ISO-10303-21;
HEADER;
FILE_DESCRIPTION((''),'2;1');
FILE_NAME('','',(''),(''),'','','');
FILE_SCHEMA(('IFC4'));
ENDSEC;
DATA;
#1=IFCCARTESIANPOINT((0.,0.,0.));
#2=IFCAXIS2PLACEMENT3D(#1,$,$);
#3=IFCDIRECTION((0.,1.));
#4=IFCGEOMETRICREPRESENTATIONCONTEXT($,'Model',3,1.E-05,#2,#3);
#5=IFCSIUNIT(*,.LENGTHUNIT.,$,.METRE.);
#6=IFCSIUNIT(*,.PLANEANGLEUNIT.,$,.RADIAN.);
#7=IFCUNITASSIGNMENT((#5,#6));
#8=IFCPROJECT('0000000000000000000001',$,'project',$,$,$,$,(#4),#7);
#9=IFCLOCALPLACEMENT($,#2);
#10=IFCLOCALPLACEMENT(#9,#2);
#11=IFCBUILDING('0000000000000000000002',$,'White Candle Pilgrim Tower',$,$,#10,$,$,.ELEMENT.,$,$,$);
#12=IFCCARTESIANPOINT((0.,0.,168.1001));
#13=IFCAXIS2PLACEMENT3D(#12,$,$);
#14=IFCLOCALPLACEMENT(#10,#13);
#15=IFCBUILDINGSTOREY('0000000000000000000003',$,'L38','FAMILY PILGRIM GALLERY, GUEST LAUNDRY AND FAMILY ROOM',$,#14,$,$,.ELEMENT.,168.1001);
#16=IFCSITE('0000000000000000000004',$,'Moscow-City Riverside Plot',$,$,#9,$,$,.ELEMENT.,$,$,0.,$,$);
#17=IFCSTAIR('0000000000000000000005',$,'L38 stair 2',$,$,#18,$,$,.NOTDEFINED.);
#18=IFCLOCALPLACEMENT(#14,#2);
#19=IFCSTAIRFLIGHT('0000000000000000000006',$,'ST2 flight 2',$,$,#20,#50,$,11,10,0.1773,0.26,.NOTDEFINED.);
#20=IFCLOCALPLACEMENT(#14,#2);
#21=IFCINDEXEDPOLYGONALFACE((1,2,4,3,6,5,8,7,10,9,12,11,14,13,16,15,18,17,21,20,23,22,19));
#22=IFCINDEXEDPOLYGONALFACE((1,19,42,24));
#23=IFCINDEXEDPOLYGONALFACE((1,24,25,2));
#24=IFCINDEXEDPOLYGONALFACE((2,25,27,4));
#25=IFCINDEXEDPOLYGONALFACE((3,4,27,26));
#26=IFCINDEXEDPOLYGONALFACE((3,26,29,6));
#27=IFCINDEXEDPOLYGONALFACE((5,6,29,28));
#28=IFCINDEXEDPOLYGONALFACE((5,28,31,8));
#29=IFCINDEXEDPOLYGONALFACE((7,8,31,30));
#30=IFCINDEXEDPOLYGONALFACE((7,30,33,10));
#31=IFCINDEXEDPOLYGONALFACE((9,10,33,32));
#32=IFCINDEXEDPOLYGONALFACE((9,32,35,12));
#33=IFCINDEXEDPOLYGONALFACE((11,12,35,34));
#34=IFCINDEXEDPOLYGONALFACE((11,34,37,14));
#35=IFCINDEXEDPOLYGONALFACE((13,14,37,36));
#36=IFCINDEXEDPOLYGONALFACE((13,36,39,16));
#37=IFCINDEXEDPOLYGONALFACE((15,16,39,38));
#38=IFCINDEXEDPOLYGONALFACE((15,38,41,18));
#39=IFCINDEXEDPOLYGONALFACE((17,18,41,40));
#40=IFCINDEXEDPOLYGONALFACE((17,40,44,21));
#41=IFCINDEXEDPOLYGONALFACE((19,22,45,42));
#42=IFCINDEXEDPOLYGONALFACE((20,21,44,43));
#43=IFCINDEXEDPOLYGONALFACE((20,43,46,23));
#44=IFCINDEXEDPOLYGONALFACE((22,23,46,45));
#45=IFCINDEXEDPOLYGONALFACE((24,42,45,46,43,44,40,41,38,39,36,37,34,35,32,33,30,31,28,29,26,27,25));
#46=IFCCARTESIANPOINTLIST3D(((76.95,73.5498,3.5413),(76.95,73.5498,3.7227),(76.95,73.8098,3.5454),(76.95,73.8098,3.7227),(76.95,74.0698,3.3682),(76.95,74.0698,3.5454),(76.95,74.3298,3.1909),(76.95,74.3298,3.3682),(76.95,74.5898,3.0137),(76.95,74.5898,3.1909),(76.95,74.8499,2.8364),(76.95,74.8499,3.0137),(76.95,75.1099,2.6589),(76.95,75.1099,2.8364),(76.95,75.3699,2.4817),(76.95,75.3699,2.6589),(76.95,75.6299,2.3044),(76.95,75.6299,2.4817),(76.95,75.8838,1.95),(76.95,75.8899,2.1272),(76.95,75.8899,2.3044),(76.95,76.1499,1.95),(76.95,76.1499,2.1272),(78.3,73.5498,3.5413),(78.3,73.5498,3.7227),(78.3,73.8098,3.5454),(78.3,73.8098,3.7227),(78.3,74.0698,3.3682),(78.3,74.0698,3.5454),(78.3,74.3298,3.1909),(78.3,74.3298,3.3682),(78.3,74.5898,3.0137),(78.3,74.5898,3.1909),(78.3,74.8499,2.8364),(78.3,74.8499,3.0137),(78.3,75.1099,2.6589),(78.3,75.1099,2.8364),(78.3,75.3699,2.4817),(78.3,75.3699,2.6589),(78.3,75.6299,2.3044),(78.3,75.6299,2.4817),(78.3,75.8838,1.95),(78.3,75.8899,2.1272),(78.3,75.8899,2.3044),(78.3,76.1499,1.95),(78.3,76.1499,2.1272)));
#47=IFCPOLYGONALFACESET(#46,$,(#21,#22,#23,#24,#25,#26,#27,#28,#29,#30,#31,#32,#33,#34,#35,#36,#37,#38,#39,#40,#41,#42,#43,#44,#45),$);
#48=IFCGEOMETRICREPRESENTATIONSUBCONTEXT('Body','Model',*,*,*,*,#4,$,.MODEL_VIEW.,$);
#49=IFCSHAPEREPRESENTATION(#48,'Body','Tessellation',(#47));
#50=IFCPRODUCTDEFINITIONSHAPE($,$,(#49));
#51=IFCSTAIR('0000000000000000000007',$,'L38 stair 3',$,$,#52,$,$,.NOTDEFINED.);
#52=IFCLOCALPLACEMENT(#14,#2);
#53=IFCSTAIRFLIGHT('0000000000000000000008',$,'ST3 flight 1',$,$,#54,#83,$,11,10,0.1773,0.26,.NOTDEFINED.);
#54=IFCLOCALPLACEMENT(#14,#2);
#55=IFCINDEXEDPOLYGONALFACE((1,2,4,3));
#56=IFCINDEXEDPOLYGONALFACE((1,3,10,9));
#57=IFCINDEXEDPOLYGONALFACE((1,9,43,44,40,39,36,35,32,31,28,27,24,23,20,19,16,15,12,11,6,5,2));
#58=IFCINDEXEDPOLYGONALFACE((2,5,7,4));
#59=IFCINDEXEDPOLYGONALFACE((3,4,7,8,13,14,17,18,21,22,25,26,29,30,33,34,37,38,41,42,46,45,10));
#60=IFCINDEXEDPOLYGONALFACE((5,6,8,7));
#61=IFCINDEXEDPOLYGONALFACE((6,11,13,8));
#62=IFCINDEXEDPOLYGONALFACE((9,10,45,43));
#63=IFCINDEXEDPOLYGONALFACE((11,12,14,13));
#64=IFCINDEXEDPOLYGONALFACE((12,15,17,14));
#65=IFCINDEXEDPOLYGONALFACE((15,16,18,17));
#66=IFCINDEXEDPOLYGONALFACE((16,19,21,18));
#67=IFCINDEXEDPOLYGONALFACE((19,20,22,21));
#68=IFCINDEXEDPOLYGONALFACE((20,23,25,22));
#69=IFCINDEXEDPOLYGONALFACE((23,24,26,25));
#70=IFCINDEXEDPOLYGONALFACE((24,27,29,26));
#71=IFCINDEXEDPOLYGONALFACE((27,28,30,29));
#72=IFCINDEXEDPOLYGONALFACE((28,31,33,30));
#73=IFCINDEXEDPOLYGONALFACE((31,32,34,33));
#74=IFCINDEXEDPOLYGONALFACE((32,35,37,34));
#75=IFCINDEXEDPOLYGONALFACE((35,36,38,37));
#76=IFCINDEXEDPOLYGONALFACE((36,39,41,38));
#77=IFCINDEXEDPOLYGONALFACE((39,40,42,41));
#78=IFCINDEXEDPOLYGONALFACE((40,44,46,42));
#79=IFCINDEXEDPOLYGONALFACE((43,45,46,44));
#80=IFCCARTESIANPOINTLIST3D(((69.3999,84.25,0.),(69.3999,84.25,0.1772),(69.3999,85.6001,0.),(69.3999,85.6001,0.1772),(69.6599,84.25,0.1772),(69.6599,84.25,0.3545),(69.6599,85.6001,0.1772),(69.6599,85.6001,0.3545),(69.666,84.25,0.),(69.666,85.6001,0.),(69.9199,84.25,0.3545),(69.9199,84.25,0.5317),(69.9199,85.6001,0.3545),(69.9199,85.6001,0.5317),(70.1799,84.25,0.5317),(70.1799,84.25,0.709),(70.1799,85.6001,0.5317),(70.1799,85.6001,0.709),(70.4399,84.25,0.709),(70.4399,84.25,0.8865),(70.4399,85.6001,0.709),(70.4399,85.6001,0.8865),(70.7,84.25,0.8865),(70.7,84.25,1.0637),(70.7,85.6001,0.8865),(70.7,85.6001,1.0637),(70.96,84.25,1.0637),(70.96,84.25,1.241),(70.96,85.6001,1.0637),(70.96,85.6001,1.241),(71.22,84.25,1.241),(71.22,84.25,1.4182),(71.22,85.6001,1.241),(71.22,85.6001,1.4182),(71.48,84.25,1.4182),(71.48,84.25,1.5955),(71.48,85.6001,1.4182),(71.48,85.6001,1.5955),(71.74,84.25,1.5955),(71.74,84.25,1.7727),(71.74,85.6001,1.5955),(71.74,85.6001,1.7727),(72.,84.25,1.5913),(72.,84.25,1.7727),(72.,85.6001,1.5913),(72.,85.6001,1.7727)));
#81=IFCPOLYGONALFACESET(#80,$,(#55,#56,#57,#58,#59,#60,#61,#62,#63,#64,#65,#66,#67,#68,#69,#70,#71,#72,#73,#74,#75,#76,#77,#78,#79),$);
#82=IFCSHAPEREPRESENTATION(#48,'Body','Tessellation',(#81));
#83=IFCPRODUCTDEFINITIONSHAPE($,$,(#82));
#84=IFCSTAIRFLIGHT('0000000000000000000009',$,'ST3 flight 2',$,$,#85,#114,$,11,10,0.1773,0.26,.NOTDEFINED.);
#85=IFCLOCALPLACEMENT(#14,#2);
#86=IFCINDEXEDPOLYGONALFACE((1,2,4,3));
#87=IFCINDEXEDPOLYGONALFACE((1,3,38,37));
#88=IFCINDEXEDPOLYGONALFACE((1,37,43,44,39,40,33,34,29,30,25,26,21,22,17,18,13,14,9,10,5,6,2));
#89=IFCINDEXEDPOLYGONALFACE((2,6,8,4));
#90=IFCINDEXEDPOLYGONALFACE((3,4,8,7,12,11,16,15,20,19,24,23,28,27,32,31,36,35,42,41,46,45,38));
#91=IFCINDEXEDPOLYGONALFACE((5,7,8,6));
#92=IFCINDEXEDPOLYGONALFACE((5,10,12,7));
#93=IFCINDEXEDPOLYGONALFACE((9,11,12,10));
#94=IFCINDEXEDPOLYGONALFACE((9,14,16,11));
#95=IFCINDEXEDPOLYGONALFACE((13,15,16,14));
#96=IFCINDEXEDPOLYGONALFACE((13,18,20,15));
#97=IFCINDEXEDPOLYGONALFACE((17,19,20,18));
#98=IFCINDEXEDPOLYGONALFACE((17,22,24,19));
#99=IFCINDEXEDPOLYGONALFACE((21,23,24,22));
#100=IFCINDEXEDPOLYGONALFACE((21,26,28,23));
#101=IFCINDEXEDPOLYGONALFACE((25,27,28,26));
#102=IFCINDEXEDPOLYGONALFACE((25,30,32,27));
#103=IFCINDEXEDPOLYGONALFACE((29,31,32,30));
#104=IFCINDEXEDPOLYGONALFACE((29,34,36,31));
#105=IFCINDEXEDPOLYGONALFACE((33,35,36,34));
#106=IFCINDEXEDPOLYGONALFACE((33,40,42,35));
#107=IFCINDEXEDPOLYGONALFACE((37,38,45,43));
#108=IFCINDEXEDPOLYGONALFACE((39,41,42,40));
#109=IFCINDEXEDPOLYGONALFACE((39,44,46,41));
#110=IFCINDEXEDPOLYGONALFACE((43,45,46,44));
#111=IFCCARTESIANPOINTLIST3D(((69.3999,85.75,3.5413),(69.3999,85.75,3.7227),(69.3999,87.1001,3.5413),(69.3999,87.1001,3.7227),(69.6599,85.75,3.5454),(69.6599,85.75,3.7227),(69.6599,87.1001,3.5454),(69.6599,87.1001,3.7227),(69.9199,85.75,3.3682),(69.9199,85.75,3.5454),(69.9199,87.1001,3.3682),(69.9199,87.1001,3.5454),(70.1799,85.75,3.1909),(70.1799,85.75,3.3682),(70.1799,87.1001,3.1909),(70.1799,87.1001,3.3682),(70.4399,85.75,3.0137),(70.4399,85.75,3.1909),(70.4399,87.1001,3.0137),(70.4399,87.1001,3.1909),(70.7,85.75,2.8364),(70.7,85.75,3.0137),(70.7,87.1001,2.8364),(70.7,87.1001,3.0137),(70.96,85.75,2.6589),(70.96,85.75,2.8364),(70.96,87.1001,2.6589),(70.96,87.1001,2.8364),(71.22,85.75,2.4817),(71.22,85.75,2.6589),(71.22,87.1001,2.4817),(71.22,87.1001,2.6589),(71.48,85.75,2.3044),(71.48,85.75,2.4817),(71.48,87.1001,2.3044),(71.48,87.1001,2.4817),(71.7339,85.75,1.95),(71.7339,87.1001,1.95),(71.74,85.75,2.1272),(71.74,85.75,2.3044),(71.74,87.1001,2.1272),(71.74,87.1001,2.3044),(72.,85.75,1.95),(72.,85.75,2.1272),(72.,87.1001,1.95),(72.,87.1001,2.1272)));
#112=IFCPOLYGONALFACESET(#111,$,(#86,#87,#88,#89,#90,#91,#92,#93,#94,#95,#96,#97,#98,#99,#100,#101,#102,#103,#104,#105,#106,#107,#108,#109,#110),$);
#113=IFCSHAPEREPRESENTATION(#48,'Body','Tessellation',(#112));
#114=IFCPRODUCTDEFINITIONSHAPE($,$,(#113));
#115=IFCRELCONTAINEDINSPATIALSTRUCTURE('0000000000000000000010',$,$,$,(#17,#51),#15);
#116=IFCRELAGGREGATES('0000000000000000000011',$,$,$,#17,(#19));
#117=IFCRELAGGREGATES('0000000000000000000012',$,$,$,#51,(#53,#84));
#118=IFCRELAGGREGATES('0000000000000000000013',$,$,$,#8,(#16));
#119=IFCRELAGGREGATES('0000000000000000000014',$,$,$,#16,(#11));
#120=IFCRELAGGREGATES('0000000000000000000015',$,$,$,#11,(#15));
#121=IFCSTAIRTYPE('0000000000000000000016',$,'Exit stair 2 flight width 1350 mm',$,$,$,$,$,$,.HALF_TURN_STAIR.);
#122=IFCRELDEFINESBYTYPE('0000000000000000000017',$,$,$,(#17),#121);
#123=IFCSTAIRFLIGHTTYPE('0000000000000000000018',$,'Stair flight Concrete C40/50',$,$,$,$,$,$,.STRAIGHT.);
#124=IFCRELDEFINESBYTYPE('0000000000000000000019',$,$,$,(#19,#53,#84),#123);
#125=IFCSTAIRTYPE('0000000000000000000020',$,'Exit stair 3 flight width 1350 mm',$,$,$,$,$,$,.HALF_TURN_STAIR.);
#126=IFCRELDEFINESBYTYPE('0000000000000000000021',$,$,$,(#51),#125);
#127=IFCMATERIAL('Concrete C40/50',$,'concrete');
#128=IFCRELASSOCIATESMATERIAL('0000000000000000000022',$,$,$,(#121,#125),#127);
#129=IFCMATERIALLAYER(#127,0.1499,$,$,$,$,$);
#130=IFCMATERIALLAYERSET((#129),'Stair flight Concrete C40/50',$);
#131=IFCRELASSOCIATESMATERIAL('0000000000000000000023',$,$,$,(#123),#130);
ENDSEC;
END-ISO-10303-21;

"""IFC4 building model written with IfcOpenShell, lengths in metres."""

from ifc_helpers import new_model, si_unit, direction, frame, origin, place, context, subcontext, project, spatial, polyline, outline, extrude, material, layer, layer_set, type_object, element, aggregate, save


model = new_model("IFC4")

# Units and contexts
model_context = context("Model", 3, precision=1e-05, world=origin(), true_north=direction((0.0, 1.0)))
body_context = subcontext(model_context, "Body", "Model", "MODEL_VIEW")
ifc_project = project(units=[si_unit("LENGTHUNIT", "METRE"), si_unit("PLANEANGLEUNIT", "RADIAN")], contexts=[model_context])

# Site, building, storey
site_placement = place(None, origin())
site = spatial("IfcSite", under=ifc_project, at=site_placement, Name="Moscow-City Riverside Plot", CompositionType="ELEMENT", RefElevation=0.0)
building_placement = place(site_placement, origin())
building = spatial("IfcBuilding", under=site, at=building_placement, Name="White Candle Pilgrim Tower", CompositionType="ELEMENT")
storey_placement = place(building_placement, frame((0.0, 0.0, 168.1001)))
storey = spatial("IfcBuildingStorey", under=building, at=storey_placement, Name="L38", Description="FAMILY PILGRIM GALLERY, GUEST LAUNDRY AND FAMILY ROOM", CompositionType="ELEMENT", Elevation=168.1001)

# Stair, stair flight
ifc_material_1 = material(Name="Concrete C40/50", Category="concrete")
stair_type_1 = type_object("IfcStairType", Name="Exit stair 2 flight width 1350 mm", PredefinedType="HALF_TURN_STAIR", material=ifc_material_1)
stair_1_placement = place(storey_placement, origin())
stair_1 = element("IfcStair", 1, at=stair_1_placement, inside=storey, type_object=stair_type_1, Name="L38 stair 2", PredefinedType="NOTDEFINED")
ifc_layer_1 = layer(ifc_material_1, 0.1499)
ifc_layer_set_1 = layer_set([ifc_layer_1], Name="Stair flight Concrete C40/50")
stair_flight_type = type_object("IfcStairFlightType", Name="Stair flight Concrete C40/50", PredefinedType="STRAIGHT", material=ifc_layer_set_1)
stair_flight_1_placement = place(storey_placement, frame((77.625, 76.1499, 1.95), z_axis=(0.0, 0.0, 1.0), x_axis=(0.0, -1.0, 0.0)))
stair_flight_1 = element("IfcStairFlight", 2, at=stair_flight_1_placement, type_object=stair_flight_type, Name="ST2 flight 2", NumberOfRisers=11, NumberOfTreads=10, PredefinedType="NOTDEFINED", RiserHeight=0.1773, TreadLength=0.26, context=body_context, shape_type="SweptSolid", body=[
    extrude(outline(polyline([(0.0, 0.0), (0.0, 0.1772), (0.26, 0.1772), (0.26, 0.3545), (0.52, 0.3545), (0.52, 0.5317), (0.78, 0.5317), (0.78, 0.709), (1.04, 0.709), (1.04, 0.8865), (1.3, 0.8865), (1.3, 1.0637), (1.5601, 1.0637), (1.5601, 1.241), (1.8201, 1.241), (1.8201, 1.4182), (2.0801, 1.4182), (2.0801, 1.5955), (2.3401, 1.5955), (2.3401, 1.7727), (2.6001, 1.7727), (2.6001, 1.95), (2.6001, 1.5913), (0.2661, 0.0), (0.0, 0.0)])), frame((0.0, 0.675, 0.0), z_axis=(0.0, -1.0, 0.0), x_axis=(1.0, 0.0, 0.0)), (0.0, 0.0, 1.0), 1.3501),
])
aggregate(stair_1, [stair_flight_1])

# Stair, stair flights
stair_type_2 = type_object("IfcStairType", Name="Exit stair 3 flight width 1350 mm", PredefinedType="HALF_TURN_STAIR", material=ifc_material_1)
stair_2_placement = place(storey_placement, origin())
stair_2 = element("IfcStair", 3, at=stair_2_placement, inside=storey, type_object=stair_type_2, Name="L38 stair 3", PredefinedType="NOTDEFINED")
stair_flight_2_placement = place(storey_placement, frame((69.3999, 84.925, 0.0), z_axis=(0.0, 0.0, 1.0), x_axis=(1.0, 0.0, 0.0)))
stair_flight_2 = element("IfcStairFlight", 4, at=stair_flight_2_placement, type_object=stair_flight_type, Name="ST3 flight 1", NumberOfRisers=11, NumberOfTreads=10, PredefinedType="NOTDEFINED", RiserHeight=0.1773, TreadLength=0.26, context=body_context, shape_type="SweptSolid", body=[
    extrude(outline(polyline([(0.0, 0.0), (0.0, 0.1772), (0.26, 0.1772), (0.26, 0.3545), (0.52, 0.3545), (0.52, 0.5317), (0.78, 0.5317), (0.78, 0.709), (1.04, 0.709), (1.04, 0.8865), (1.3, 0.8865), (1.3, 1.0637), (1.5601, 1.0637), (1.5601, 1.241), (1.8201, 1.241), (1.8201, 1.4182), (2.0801, 1.4182), (2.0801, 1.5955), (2.3401, 1.5955), (2.3401, 1.7727), (2.6001, 1.7727), (2.6001, 1.95), (2.6001, 1.5913), (0.2661, 0.0), (0.0, 0.0)])), frame((0.0, 0.675, 0.0), z_axis=(0.0, -1.0, 0.0), x_axis=(1.0, 0.0, 0.0)), (0.0, 0.0, 1.0), 1.3501),
])
stair_flight_3_placement = place(storey_placement, frame((72.0, 86.425, 1.95), z_axis=(0.0, 0.0, 1.0), x_axis=(-1.0, 0.0, 0.0)))
stair_flight_3 = element("IfcStairFlight", 5, at=stair_flight_3_placement, type_object=stair_flight_type, Name="ST3 flight 2", NumberOfRisers=11, NumberOfTreads=10, PredefinedType="NOTDEFINED", RiserHeight=0.1773, TreadLength=0.26, context=body_context, shape_type="SweptSolid", body=[
    extrude(outline(polyline([(0.0, 0.0), (0.0, 0.1772), (0.26, 0.1772), (0.26, 0.3545), (0.52, 0.3545), (0.52, 0.5317), (0.78, 0.5317), (0.78, 0.709), (1.04, 0.709), (1.04, 0.8865), (1.3, 0.8865), (1.3, 1.0637), (1.5601, 1.0637), (1.5601, 1.241), (1.8201, 1.241), (1.8201, 1.4182), (2.0801, 1.4182), (2.0801, 1.5955), (2.3401, 1.5955), (2.3401, 1.7727), (2.6001, 1.7727), (2.6001, 1.95), (2.6001, 1.5913), (0.2661, 0.0), (0.0, 0.0)])), frame((0.0, 0.675, 0.0), z_axis=(0.0, -1.0, 0.0), x_axis=(1.0, 0.0, 0.0)), (0.0, 0.0, 1.0), 1.3501),
])
aggregate(stair_2, [stair_flight_2, stair_flight_3])

save(model, "model.ifc")
